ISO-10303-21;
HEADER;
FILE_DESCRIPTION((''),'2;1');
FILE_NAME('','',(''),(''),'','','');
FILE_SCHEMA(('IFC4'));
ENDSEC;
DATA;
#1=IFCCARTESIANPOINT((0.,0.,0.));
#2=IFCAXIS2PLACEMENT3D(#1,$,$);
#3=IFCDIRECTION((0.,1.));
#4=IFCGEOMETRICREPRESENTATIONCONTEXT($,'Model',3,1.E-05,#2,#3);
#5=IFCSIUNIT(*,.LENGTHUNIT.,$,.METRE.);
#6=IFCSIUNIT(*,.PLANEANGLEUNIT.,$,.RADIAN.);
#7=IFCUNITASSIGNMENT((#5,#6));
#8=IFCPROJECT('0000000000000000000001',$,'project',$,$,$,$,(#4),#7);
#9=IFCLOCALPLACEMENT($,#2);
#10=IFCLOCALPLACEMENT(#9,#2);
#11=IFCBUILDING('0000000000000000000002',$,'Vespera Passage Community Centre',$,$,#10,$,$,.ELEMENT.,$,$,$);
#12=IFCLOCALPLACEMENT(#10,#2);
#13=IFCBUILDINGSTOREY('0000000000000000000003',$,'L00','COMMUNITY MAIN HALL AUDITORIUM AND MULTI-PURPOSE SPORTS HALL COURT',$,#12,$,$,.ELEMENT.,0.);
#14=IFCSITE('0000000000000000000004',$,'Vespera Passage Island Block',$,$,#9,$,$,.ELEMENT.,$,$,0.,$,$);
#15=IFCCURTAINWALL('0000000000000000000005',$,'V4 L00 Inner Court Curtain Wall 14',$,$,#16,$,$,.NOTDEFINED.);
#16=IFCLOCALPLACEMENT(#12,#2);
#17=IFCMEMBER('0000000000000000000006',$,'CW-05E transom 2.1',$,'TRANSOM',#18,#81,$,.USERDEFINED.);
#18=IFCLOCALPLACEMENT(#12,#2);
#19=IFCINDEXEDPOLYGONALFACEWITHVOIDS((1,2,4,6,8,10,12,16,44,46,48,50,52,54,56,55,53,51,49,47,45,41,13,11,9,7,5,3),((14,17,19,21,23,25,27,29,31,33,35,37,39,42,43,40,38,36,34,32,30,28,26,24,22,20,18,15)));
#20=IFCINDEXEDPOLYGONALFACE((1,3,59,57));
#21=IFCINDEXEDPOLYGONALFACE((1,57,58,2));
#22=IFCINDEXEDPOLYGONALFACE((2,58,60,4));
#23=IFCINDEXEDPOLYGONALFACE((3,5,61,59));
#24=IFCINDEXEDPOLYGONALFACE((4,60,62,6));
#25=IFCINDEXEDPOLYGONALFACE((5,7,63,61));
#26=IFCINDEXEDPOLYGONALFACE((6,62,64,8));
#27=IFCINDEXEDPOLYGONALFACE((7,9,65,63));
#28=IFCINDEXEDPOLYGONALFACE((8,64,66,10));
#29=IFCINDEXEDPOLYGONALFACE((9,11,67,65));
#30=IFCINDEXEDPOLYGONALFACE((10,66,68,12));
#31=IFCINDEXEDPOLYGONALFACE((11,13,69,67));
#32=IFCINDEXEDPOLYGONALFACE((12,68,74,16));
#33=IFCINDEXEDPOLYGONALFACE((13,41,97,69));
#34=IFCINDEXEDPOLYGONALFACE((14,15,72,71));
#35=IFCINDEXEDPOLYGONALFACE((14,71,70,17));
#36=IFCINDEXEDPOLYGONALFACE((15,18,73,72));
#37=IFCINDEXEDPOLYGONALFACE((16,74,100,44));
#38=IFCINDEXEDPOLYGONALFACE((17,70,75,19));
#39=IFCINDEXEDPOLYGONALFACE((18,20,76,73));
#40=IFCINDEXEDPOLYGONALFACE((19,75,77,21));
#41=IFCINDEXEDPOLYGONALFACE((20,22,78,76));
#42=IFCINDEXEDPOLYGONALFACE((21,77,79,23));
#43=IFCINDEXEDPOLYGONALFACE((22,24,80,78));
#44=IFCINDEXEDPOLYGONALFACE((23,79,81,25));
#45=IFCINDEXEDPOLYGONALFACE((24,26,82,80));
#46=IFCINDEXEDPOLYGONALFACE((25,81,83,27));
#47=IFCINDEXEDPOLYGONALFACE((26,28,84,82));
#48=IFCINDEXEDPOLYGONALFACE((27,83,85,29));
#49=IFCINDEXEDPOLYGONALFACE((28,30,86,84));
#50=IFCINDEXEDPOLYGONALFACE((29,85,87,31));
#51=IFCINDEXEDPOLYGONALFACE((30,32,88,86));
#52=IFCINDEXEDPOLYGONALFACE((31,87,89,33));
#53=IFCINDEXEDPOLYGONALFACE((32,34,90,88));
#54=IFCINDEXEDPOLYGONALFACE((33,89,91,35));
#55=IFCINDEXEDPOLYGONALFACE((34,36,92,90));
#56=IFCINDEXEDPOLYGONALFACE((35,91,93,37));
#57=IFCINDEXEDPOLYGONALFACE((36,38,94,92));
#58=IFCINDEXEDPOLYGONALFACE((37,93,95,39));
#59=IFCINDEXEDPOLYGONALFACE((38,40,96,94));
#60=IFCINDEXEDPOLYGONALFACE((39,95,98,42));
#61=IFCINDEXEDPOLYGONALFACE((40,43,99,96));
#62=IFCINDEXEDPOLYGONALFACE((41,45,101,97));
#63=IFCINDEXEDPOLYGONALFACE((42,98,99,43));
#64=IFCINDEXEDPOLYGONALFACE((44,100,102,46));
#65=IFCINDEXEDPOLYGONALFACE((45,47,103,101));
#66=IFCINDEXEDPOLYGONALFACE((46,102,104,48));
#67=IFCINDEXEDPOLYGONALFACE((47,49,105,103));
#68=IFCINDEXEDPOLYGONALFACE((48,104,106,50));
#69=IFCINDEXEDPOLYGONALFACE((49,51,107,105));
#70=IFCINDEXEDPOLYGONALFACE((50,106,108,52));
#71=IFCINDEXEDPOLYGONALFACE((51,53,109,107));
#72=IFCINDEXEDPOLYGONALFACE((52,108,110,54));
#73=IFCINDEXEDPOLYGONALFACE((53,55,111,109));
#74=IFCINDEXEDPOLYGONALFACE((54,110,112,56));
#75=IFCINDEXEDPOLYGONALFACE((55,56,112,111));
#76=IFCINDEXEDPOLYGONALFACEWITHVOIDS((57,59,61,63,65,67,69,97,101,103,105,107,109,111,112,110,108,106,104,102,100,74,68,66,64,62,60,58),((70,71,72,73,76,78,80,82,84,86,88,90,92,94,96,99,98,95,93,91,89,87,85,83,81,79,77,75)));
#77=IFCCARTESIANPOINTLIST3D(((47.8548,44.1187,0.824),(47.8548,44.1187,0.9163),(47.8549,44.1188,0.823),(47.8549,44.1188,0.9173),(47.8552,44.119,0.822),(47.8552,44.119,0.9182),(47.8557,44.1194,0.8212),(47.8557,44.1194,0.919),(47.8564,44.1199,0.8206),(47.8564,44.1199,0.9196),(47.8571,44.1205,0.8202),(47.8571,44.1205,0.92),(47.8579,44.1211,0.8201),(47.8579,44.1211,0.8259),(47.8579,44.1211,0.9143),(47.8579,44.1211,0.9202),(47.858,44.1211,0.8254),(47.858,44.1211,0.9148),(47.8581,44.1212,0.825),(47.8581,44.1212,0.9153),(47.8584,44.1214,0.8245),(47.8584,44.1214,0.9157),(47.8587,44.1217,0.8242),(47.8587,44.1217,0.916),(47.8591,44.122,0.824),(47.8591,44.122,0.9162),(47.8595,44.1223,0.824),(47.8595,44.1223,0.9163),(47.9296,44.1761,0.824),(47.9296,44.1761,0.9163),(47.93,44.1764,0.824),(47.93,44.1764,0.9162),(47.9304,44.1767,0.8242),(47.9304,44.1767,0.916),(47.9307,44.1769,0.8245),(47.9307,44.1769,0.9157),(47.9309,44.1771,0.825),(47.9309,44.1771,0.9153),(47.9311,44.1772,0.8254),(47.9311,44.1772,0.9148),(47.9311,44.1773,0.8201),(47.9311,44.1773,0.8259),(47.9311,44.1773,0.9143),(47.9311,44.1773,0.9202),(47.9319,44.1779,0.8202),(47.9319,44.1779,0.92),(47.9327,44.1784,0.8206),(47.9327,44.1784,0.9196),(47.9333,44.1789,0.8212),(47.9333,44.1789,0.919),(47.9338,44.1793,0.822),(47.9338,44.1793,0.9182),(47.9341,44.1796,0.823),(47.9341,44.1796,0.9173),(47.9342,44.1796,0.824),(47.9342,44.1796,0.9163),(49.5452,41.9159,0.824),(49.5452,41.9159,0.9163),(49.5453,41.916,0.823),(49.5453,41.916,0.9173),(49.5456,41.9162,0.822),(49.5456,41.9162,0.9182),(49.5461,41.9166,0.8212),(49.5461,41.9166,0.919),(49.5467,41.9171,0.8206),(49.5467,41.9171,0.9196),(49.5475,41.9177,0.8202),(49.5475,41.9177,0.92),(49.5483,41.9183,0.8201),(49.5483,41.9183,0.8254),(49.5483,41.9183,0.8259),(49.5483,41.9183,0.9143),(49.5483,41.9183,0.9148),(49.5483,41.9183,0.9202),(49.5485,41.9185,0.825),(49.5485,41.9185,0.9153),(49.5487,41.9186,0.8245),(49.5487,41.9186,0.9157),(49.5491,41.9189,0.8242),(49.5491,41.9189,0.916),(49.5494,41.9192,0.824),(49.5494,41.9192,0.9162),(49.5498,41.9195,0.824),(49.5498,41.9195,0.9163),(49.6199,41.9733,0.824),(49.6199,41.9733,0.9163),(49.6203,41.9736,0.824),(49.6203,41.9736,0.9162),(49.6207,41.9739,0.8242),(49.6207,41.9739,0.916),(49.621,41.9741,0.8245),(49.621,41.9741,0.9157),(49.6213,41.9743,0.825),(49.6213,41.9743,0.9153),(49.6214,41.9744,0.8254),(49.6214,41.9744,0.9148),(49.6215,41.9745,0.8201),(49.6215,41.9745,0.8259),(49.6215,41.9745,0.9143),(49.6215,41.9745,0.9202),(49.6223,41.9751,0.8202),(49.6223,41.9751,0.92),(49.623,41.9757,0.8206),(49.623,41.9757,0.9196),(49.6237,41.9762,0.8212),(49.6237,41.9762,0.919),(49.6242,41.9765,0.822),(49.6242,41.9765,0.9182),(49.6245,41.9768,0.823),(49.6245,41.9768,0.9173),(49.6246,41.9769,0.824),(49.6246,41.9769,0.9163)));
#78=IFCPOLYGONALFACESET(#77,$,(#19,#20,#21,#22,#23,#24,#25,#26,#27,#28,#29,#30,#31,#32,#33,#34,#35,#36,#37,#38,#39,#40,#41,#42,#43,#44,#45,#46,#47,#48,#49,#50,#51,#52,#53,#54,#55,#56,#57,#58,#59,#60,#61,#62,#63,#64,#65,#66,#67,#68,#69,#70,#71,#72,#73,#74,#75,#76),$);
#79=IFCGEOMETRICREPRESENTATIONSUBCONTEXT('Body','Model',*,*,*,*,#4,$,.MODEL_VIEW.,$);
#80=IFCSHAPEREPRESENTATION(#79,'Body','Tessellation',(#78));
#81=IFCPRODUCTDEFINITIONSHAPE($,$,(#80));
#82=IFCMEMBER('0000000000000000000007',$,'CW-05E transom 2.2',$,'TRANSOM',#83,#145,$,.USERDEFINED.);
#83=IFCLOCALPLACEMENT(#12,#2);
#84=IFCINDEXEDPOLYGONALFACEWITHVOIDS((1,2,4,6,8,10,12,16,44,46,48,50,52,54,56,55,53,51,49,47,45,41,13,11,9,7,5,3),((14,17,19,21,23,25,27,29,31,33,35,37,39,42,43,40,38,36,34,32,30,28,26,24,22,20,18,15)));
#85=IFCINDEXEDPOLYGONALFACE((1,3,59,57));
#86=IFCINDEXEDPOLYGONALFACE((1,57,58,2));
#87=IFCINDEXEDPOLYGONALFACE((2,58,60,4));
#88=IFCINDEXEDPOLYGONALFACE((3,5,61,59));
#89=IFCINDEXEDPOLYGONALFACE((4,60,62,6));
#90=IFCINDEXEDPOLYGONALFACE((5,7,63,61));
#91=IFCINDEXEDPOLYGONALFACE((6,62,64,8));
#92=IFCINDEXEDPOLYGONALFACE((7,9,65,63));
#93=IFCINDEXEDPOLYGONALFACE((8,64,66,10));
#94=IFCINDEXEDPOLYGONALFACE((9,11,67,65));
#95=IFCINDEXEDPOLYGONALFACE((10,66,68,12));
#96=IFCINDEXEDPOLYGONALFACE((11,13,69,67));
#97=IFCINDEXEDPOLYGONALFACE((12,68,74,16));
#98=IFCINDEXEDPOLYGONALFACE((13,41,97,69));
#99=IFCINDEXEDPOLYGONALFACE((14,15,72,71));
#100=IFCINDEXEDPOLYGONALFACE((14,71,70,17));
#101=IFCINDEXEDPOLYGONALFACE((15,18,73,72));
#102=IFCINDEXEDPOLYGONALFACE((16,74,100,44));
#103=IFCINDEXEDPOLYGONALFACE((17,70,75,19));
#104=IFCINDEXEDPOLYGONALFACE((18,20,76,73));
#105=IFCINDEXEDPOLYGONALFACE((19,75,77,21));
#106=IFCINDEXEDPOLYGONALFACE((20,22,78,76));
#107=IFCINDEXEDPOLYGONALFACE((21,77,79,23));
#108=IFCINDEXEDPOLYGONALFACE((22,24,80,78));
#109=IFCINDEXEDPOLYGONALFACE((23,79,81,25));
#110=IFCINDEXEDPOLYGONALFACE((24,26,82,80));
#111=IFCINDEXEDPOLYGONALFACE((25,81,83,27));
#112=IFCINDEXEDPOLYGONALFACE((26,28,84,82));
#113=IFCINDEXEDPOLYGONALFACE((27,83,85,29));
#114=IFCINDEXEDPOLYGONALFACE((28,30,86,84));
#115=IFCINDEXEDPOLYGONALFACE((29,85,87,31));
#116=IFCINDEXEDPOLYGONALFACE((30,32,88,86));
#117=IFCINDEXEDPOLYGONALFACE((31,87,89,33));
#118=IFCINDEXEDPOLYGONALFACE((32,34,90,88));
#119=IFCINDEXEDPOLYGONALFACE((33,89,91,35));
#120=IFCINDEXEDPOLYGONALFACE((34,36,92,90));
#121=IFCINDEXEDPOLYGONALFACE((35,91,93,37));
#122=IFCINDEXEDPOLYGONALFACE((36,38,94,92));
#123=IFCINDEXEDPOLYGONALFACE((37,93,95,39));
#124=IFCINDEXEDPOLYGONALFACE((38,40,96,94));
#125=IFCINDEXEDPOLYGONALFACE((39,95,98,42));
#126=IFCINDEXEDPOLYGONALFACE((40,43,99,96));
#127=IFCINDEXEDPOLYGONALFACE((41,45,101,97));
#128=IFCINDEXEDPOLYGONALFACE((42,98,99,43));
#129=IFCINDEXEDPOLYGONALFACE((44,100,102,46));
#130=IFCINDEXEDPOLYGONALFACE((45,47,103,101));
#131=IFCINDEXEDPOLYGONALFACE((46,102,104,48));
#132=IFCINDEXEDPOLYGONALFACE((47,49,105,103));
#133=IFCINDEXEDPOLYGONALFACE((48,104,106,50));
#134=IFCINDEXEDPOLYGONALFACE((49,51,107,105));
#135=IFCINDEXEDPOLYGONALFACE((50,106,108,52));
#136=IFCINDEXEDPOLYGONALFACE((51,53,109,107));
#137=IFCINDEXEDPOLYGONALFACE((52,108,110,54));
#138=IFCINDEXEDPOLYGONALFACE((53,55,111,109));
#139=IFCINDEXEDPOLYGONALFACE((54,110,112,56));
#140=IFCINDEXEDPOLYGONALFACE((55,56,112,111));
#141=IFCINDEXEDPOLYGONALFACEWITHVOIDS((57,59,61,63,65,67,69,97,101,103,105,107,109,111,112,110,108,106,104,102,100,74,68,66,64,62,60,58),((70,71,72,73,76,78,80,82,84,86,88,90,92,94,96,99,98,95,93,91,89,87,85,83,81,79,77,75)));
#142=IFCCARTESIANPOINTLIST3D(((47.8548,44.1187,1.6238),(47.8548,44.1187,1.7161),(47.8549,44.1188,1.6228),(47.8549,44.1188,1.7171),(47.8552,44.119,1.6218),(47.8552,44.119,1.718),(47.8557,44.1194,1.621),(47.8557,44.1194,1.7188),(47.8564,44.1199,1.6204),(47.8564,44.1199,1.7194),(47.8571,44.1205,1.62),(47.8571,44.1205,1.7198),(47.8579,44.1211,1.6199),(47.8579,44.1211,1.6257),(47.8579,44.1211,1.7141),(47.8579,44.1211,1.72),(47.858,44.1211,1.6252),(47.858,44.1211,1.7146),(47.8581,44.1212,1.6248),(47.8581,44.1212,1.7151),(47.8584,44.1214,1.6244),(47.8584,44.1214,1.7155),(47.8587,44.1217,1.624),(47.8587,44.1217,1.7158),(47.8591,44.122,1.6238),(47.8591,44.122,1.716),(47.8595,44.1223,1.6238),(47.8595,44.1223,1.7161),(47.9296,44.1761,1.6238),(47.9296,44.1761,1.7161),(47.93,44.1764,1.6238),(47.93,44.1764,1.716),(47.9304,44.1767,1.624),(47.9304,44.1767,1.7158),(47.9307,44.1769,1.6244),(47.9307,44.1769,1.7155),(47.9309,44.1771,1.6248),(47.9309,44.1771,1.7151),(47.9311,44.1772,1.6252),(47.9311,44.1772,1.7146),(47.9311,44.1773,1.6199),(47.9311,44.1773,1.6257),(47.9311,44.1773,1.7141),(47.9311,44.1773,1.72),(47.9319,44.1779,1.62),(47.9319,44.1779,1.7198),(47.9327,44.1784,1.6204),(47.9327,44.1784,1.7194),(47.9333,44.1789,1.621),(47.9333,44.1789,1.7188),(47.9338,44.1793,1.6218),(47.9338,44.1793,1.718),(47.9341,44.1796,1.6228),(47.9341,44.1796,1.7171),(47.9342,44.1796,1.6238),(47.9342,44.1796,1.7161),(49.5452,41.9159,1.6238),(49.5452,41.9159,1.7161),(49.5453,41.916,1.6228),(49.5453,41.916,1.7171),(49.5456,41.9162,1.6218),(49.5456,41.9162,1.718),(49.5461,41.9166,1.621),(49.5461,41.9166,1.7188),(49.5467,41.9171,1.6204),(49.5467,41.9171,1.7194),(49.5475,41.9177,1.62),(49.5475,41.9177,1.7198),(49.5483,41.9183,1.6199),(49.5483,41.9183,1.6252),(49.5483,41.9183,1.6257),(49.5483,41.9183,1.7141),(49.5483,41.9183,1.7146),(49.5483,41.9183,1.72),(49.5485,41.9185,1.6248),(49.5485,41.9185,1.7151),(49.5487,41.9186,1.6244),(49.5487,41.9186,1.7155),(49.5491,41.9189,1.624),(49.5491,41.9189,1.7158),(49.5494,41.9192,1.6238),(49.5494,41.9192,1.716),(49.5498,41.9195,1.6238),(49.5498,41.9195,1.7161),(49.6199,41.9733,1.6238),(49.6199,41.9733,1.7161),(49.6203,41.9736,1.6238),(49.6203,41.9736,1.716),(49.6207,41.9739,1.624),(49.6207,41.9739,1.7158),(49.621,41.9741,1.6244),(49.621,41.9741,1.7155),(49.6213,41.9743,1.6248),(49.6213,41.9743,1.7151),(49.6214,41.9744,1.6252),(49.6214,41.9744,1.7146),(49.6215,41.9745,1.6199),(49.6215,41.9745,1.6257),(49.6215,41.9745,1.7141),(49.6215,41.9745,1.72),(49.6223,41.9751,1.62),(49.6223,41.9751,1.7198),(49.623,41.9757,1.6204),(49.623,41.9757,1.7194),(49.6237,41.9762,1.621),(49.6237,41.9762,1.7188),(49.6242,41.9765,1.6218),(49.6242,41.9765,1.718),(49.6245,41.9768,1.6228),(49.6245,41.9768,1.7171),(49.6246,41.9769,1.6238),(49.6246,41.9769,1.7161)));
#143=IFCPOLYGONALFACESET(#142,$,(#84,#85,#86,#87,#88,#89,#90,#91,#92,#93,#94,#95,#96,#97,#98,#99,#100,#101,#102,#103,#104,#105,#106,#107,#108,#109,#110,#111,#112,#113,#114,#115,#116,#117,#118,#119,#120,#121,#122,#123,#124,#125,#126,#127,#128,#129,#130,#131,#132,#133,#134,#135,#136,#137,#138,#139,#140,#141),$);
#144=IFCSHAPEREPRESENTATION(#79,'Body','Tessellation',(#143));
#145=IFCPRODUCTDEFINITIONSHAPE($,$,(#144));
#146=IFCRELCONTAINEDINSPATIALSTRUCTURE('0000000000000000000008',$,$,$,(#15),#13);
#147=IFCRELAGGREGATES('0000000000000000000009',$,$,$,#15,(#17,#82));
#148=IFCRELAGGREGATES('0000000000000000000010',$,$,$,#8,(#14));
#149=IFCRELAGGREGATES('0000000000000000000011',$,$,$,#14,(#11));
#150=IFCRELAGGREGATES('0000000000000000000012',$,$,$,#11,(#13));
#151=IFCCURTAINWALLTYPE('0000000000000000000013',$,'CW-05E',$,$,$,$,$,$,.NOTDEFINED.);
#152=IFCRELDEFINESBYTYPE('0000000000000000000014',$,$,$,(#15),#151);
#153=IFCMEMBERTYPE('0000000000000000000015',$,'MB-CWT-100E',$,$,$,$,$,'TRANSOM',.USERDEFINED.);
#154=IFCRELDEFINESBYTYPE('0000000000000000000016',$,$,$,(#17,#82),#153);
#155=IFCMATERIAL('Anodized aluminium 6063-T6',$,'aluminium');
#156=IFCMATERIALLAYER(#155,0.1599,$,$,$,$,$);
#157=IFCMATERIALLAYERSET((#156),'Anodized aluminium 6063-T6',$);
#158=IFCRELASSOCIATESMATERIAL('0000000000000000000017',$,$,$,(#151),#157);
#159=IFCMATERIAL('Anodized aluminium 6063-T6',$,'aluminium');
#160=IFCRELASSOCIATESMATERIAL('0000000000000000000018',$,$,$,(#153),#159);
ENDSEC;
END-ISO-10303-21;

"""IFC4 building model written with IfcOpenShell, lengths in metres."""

from ifc_helpers import new_model, si_unit, direction, frame, origin, origin_2d, place, context, subcontext, project, spatial, hollow_rectangle, extrude, material, layer, layer_set, material_profile, profile_set, type_object, element, aggregate, save


model = new_model("IFC4")

# Units and contexts
model_context = context("Model", 3, precision=1e-05, world=origin(), true_north=direction((0.0, 1.0)))
body_context = subcontext(model_context, "Body", "Model", "MODEL_VIEW")
ifc_project = project(units=[si_unit("LENGTHUNIT", "METRE"), si_unit("PLANEANGLEUNIT", "RADIAN")], contexts=[model_context])

# Site, building, storey
site_placement = place(None, origin())
site = spatial("IfcSite", under=ifc_project, at=site_placement, Name="Vespera Passage Island Block", CompositionType="ELEMENT", RefElevation=0.0)
building_placement = place(site_placement, origin())
building = spatial("IfcBuilding", under=site, at=building_placement, Name="Vespera Passage Community Centre", CompositionType="ELEMENT")
storey_placement = place(building_placement, origin())
storey = spatial("IfcBuildingStorey", under=building, at=storey_placement, Name="L00", Description="COMMUNITY MAIN HALL AUDITORIUM AND MULTI-PURPOSE SPORTS HALL COURT", CompositionType="ELEMENT", Elevation=0.0)

# Curtain wall, members
ifc_material_1 = material(Name="Anodized aluminium 6063-T6", Category="aluminium")
ifc_layer_1 = layer(ifc_material_1, 0.1599)
ifc_layer_set_1 = layer_set([ifc_layer_1], Name="Anodized aluminium 6063-T6")
curtain_wall_type = type_object("IfcCurtainWallType", Name="CW-05E", PredefinedType="NOTDEFINED", material=ifc_layer_set_1)
curtain_wall_placement = place(storey_placement, origin())
curtain_wall = element("IfcCurtainWall", 1, at=curtain_wall_placement, inside=storey, type_object=curtain_wall_type, Name="V4 L00 Inner Court Curtain Wall 14", PredefinedType="NOTDEFINED")
ifc_material_2 = material(Name="Anodized aluminium 6063-T6", Category="aluminium")
ifc_material_profile_1 = material_profile(ifc_material_2, hollow_rectangle(XDim=0.1001, YDim=0.1001, WallThickness=0.0039, InnerFilletRadius=0.002, OuterFilletRadius=0.0039, at=origin_2d()), Name="ALU100X100X4")
ifc_profile_set_1 = profile_set([ifc_material_profile_1], Name="Anodized aluminium 6063-T6")
member_type_1 = type_object("IfcMemberType", Name="MB-CWT-100E", ElementType="TRANSOM", PredefinedType="USERDEFINED", material=ifc_profile_set_1)
member_1_placement = place(storey_placement, frame((47.8945, 44.1492, 0.8701), z_axis=(0.608784, -0.793336, 0.0), x_axis=(0.793336, 0.608784, 0.0)))
member_1 = element("IfcMember", 2, at=member_1_placement, type_object=member_type_1, Name="CW-05E transom 2.1", ObjectType="TRANSOM", PredefinedType="USERDEFINED", context=body_context, shape_type="SweptSolid", body=[
    extrude(hollow_rectangle(XDim=0.1001, YDim=0.1001, WallThickness=0.0039, InnerFilletRadius=0.002, OuterFilletRadius=0.0039, at=origin_2d()), origin(), (0.0, 0.0, 1.0), 2.7766),
])
member_2_placement = place(storey_placement, frame((47.8945, 44.1492, 1.6699), z_axis=(0.608784, -0.793336, 0.0), x_axis=(0.793336, 0.608784, 0.0)))
member_2 = element("IfcMember", 3, at=member_2_placement, type_object=member_type_1, Name="CW-05E transom 2.2", ObjectType="TRANSOM", PredefinedType="USERDEFINED", context=body_context, shape_type="SweptSolid", body=[
    extrude(hollow_rectangle(XDim=0.1001, YDim=0.1001, WallThickness=0.0039, InnerFilletRadius=0.002, OuterFilletRadius=0.0039, at=origin_2d()), origin(), (0.0, 0.0, 1.0), 2.7766),
])
aggregate(curtain_wall, [member_1, member_2])

save(model, "model.ifc")
